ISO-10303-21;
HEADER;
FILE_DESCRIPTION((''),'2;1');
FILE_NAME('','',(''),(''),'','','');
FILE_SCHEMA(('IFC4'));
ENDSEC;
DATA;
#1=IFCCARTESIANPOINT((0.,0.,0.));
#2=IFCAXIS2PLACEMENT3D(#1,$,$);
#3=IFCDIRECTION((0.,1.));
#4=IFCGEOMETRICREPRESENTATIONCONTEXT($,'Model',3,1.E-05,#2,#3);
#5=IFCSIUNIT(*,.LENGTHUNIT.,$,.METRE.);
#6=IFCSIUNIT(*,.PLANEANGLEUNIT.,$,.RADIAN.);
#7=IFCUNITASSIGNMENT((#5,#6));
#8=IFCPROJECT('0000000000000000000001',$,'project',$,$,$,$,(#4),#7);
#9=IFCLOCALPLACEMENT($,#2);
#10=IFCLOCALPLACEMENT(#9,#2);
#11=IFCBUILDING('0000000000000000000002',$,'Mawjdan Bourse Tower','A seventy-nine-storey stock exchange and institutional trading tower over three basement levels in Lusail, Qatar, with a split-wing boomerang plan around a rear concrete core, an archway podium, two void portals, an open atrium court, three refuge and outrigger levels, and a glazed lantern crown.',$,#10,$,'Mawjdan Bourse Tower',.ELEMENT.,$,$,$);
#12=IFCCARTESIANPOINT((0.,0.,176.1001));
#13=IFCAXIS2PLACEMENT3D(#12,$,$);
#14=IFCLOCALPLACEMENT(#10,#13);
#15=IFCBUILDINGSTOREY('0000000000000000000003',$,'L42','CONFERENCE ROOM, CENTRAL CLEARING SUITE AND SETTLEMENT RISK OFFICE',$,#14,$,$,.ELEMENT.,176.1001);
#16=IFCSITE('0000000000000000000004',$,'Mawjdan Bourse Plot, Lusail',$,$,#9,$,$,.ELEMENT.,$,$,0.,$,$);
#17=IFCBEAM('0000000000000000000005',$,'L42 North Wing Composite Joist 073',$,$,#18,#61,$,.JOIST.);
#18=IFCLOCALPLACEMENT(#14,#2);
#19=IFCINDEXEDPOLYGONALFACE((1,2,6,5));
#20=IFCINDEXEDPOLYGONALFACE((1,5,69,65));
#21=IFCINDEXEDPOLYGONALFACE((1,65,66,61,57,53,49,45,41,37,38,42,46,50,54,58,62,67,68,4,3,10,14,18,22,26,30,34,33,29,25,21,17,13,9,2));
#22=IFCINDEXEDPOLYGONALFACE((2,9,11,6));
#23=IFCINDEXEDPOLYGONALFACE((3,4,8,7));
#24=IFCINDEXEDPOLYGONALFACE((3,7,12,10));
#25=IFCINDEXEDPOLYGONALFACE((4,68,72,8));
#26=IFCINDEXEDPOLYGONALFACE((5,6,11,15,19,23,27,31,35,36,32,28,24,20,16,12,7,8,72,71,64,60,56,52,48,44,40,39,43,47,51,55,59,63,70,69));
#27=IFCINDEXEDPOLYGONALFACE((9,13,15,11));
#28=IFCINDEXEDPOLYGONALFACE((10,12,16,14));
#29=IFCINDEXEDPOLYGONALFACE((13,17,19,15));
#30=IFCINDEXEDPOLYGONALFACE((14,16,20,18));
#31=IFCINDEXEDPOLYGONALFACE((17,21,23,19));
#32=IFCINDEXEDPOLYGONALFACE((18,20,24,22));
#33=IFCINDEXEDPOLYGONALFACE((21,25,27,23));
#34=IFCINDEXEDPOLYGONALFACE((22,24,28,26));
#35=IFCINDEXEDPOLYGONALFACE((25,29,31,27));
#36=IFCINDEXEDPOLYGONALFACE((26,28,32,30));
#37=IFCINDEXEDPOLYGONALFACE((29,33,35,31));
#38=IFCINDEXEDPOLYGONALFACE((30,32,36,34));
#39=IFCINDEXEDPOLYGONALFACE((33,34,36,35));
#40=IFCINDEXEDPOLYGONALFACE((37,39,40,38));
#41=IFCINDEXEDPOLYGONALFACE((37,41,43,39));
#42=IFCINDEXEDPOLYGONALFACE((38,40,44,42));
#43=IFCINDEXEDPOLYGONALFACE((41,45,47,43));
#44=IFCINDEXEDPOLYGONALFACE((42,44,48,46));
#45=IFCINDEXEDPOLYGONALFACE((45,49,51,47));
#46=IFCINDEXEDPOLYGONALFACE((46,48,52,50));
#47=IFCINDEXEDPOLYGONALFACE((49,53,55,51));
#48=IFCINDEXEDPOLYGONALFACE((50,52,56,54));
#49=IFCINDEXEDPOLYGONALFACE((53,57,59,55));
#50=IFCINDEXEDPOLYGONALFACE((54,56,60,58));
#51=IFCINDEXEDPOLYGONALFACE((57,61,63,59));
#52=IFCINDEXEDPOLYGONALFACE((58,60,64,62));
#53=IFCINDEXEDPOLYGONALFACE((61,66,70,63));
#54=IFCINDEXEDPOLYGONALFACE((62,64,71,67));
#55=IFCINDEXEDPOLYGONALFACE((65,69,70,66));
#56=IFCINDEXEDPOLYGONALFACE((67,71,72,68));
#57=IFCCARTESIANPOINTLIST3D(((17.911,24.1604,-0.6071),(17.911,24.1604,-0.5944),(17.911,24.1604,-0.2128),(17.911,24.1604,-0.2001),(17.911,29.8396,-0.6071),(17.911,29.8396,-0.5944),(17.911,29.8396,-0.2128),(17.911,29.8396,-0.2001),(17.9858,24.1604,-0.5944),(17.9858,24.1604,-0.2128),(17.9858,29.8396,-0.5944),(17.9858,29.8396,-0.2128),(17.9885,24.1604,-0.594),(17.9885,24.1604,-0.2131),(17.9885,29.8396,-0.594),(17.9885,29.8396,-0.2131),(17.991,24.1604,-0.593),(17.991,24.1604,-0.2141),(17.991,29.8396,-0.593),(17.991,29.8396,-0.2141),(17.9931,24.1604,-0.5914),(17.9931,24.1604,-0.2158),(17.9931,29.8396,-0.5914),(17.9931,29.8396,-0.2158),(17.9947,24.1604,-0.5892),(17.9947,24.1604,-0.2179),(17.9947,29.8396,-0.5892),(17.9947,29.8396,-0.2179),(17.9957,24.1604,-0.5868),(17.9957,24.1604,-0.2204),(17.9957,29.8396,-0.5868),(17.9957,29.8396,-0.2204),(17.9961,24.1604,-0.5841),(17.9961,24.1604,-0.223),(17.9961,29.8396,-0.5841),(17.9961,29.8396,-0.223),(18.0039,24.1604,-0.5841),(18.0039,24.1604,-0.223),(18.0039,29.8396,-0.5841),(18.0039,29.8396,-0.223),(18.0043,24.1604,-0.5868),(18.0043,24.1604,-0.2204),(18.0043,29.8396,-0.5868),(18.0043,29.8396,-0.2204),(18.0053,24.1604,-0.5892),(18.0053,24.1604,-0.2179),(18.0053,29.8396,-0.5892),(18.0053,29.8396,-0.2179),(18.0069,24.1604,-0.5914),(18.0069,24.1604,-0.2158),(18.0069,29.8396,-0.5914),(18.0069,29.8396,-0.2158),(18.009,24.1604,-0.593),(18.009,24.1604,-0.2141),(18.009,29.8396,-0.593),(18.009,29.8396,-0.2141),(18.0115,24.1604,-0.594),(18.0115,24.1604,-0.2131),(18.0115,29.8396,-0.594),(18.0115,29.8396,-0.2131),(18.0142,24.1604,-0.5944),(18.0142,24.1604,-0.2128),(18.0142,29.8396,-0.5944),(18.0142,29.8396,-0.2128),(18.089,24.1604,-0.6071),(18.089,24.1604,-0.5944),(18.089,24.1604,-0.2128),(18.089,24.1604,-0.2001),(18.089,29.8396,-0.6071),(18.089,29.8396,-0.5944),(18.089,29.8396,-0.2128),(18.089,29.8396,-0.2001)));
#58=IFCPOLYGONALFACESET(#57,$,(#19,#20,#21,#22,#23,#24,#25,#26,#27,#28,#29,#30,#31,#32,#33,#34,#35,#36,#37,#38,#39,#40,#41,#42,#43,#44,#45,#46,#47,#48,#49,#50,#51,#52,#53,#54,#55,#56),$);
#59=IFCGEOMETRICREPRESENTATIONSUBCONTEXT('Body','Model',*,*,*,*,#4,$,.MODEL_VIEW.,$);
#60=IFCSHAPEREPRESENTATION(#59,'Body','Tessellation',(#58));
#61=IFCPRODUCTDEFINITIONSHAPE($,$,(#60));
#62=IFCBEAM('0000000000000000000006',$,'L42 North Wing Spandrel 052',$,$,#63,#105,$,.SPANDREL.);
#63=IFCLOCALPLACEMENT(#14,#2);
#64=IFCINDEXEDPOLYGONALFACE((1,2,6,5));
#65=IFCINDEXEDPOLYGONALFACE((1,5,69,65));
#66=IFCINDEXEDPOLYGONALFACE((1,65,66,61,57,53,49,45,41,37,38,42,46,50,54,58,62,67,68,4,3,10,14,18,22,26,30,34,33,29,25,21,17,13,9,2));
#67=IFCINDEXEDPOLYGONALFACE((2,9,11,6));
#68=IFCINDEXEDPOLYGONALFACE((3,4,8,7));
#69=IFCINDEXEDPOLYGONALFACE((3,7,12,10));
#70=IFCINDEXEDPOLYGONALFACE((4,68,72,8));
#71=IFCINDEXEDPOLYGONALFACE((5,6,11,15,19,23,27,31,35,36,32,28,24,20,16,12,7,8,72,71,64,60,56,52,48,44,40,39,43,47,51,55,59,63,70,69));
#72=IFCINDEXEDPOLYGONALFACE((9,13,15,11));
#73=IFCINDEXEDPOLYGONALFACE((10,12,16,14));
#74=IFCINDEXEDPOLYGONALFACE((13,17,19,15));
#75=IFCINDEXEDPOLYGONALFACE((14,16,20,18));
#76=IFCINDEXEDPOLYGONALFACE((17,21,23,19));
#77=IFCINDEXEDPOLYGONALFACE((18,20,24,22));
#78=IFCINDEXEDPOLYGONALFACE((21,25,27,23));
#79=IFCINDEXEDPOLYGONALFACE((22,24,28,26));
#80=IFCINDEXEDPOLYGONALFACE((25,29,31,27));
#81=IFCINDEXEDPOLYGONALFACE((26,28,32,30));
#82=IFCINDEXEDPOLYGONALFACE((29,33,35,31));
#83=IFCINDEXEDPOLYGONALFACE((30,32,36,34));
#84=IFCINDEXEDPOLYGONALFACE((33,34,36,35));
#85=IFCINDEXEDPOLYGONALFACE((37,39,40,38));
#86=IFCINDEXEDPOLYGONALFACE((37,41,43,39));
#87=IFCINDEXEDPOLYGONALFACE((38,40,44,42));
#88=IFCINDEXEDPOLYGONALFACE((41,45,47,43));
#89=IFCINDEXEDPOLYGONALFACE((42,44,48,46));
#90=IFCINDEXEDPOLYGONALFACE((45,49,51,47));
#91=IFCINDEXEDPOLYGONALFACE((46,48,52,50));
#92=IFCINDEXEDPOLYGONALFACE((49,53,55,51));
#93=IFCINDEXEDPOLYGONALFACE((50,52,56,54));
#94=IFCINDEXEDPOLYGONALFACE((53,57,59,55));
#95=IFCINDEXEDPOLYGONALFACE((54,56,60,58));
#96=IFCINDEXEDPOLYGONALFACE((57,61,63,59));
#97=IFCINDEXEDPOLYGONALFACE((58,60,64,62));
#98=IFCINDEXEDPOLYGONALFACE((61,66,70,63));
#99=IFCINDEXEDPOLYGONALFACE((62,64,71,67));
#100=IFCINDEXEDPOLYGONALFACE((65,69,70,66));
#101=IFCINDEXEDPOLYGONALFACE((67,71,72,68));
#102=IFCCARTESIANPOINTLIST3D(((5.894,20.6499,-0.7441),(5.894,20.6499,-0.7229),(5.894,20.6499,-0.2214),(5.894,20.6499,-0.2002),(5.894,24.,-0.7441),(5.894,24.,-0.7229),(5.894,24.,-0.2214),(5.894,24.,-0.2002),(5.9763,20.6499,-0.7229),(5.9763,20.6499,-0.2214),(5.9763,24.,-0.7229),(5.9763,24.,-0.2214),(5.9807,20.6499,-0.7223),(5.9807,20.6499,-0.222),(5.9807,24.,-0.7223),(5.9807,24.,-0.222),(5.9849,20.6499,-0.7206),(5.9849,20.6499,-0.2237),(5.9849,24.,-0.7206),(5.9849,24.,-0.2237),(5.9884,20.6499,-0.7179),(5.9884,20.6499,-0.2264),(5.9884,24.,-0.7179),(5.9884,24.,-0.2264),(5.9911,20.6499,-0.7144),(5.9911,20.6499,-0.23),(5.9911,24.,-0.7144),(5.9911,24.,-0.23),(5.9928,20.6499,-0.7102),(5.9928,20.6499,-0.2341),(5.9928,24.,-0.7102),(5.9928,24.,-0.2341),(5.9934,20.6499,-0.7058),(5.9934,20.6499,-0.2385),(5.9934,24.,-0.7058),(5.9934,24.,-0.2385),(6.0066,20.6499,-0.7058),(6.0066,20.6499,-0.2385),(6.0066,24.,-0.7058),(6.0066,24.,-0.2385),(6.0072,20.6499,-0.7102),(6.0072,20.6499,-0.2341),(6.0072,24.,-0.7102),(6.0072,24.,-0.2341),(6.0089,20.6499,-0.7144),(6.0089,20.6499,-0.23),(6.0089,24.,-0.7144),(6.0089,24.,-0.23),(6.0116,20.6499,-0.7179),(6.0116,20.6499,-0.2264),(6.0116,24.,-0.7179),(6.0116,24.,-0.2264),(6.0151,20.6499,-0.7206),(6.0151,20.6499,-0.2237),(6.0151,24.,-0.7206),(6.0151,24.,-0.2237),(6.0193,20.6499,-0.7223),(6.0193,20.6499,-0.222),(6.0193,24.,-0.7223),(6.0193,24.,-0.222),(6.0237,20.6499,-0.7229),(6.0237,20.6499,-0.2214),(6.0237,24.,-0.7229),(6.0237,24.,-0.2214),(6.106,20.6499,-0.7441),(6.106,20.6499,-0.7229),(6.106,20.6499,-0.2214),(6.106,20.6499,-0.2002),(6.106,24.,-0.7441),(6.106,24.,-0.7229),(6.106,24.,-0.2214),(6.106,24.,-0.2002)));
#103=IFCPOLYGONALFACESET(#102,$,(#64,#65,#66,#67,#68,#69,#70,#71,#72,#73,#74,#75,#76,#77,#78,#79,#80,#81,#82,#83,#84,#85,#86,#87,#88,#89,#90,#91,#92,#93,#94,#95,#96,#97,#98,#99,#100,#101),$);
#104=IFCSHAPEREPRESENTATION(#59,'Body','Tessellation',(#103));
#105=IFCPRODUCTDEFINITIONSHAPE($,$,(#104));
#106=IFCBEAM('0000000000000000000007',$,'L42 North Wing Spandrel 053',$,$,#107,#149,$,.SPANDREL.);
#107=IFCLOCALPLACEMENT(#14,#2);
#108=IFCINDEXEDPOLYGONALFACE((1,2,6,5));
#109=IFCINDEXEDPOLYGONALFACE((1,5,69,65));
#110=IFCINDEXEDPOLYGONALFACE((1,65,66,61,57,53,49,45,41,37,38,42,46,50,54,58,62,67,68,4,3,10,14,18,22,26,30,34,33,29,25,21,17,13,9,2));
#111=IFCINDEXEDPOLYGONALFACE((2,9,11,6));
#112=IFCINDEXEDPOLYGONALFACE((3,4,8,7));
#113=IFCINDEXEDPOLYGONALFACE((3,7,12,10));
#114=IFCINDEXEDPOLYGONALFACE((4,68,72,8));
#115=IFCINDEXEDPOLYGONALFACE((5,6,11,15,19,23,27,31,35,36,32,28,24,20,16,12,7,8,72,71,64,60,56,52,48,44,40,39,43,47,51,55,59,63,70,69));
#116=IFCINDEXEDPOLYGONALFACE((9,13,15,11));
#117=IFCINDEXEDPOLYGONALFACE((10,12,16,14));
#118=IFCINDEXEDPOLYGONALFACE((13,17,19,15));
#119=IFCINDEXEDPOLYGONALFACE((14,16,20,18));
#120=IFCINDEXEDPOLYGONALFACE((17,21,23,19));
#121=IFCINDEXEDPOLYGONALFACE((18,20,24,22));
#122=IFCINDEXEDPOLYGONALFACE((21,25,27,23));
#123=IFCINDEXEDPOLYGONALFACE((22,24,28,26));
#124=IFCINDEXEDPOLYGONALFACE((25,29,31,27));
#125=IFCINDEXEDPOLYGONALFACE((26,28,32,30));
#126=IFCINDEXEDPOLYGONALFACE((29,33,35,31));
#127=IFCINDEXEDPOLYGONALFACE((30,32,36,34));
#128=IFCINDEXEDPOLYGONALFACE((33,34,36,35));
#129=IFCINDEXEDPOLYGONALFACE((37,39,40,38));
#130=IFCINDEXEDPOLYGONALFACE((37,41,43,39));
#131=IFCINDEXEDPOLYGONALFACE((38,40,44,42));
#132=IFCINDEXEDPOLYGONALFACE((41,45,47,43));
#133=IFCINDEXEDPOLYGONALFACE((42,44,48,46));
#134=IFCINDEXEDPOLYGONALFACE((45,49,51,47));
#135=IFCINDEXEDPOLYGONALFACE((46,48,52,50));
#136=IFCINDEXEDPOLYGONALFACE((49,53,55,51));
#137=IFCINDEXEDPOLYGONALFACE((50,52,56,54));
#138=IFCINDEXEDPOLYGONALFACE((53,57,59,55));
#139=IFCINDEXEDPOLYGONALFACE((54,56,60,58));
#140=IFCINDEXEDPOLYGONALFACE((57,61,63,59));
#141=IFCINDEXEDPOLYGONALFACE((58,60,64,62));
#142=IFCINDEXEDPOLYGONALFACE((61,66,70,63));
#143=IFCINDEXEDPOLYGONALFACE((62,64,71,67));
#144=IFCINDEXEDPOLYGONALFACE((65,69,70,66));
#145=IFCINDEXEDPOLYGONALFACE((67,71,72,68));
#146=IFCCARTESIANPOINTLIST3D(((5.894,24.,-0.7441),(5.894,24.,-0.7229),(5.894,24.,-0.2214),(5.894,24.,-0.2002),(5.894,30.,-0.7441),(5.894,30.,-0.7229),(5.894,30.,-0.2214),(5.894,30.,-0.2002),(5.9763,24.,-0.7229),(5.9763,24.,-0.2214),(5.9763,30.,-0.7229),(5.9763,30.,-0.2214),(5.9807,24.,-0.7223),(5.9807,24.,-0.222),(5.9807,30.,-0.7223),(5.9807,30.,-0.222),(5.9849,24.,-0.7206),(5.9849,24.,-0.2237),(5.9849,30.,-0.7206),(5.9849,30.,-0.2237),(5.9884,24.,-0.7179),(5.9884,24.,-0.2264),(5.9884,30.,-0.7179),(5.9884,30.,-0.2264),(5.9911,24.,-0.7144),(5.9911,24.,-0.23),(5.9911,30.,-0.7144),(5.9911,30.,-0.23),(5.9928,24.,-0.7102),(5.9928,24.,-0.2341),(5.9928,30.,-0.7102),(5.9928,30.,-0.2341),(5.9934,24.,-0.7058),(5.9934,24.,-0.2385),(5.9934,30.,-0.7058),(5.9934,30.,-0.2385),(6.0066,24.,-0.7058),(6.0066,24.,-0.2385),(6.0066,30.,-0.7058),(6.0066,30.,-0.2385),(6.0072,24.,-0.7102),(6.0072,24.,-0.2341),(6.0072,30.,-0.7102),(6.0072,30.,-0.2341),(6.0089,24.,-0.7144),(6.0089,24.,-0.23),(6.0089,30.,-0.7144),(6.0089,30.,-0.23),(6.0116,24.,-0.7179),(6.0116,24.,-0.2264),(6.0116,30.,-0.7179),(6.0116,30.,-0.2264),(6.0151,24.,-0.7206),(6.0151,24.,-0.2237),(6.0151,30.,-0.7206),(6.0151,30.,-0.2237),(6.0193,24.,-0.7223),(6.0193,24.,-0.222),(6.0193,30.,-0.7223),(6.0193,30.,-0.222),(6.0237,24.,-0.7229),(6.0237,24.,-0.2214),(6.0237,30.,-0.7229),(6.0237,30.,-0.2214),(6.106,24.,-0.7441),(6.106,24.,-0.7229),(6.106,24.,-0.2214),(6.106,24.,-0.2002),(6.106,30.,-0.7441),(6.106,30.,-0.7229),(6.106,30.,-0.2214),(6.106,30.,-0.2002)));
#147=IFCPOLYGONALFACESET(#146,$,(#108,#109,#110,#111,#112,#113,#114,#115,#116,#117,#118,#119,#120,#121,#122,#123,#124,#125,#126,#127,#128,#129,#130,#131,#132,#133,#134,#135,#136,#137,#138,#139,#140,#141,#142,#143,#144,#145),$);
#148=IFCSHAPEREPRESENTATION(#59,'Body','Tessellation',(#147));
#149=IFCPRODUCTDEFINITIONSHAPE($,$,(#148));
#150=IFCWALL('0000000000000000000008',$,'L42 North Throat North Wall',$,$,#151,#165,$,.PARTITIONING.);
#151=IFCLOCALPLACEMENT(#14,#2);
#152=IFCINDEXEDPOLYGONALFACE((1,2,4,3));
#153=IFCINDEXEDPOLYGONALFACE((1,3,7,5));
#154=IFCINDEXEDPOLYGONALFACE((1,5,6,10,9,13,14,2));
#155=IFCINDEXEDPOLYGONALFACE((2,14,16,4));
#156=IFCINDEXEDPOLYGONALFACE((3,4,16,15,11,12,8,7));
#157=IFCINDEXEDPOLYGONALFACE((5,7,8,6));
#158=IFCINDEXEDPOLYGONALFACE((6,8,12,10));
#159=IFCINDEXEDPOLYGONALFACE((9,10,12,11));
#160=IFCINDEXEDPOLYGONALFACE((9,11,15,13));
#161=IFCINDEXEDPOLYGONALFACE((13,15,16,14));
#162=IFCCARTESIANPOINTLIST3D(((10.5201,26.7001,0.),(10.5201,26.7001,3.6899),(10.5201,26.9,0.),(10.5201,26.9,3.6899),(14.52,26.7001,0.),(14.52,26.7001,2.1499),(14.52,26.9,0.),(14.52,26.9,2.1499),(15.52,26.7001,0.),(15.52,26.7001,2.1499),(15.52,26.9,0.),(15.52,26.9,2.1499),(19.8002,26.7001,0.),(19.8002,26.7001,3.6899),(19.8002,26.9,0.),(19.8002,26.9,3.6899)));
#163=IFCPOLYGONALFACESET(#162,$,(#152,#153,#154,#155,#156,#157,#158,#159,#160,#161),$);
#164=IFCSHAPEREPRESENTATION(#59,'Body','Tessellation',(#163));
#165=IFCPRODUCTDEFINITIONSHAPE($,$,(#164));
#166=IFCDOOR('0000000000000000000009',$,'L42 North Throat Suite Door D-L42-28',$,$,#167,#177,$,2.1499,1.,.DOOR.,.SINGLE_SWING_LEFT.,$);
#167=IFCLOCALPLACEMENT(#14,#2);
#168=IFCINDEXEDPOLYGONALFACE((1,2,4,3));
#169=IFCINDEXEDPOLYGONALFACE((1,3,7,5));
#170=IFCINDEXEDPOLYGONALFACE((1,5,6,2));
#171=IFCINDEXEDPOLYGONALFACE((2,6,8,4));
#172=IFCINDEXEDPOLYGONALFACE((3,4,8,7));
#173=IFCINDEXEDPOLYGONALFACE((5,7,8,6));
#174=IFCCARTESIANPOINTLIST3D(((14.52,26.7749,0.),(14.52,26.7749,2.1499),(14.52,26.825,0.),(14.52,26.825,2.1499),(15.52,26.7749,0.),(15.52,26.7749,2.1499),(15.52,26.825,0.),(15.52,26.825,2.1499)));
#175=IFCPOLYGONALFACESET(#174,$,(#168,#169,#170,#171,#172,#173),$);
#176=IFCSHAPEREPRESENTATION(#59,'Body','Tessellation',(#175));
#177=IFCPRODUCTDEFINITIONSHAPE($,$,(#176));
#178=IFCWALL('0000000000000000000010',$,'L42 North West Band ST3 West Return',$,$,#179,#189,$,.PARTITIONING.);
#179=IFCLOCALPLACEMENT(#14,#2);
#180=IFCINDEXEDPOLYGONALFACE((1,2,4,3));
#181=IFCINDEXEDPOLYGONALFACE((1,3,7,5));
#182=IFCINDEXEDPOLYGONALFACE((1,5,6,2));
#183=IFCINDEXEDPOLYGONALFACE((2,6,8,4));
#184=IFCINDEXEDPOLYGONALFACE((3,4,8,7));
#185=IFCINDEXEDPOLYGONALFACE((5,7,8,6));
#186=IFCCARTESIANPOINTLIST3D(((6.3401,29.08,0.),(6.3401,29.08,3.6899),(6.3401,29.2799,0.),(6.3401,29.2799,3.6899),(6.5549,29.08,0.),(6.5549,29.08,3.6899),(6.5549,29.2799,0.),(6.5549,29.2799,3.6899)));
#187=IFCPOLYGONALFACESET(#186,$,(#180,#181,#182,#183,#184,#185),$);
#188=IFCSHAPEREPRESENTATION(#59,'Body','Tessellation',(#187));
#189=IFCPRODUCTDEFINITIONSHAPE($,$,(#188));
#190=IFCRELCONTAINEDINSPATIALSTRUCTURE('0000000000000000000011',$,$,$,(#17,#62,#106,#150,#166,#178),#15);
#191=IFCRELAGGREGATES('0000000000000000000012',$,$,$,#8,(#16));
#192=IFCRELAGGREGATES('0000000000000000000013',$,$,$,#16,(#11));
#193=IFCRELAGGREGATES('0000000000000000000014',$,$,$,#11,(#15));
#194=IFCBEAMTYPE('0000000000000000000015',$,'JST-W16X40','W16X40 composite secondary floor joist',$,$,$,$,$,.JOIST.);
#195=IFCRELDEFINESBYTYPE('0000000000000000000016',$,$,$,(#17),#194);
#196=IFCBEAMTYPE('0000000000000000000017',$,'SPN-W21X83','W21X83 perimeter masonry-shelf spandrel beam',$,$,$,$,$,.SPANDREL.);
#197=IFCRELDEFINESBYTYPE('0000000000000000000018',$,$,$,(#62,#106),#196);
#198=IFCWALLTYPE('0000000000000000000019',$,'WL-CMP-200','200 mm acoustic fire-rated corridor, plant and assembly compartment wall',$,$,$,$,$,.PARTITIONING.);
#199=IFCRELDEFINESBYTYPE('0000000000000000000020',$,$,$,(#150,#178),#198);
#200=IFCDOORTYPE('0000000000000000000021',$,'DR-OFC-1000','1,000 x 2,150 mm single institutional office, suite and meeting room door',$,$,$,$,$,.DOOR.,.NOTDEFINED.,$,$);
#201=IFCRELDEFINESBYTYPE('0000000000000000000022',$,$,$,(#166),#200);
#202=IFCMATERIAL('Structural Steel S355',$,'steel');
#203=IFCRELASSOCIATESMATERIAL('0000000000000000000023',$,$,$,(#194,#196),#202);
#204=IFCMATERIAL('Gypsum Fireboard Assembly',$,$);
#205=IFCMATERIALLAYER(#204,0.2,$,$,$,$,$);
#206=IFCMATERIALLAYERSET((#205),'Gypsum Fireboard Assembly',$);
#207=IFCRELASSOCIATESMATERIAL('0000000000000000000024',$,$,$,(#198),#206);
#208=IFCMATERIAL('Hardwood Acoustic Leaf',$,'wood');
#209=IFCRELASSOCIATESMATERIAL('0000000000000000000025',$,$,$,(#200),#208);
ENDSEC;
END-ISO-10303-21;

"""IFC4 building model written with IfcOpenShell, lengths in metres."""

from ifc_helpers import new_model, si_unit, direction, frame, frame_2d, origin, origin_2d, place, context, subcontext, project, spatial, rectangle, i_section, extrude, material, layer, layer_set, material_profile, profile_set, type_object, element, fill, save


model = new_model("IFC4")

# Units and contexts
model_context = context("Model", 3, precision=1e-05, world=origin(), true_north=direction((0.0, 1.0)))
body_context = subcontext(model_context, "Body", "Model", "MODEL_VIEW")
ifc_project = project(units=[si_unit("LENGTHUNIT", "METRE"), si_unit("PLANEANGLEUNIT", "RADIAN")], contexts=[model_context])

# Site, building, storey
site_placement = place(None, origin())
site = spatial("IfcSite", under=ifc_project, at=site_placement, Name="Mawjdan Bourse Plot, Lusail", CompositionType="ELEMENT", RefElevation=0.0)
building_placement = place(site_placement, origin())
building = spatial("IfcBuilding", under=site, at=building_placement, Name="Mawjdan Bourse Tower", Description="A seventy-nine-storey stock exchange and institutional trading tower over three basement levels in Lusail, Qatar, with a split-wing boomerang plan around a rear concrete core, an archway podium, two void portals, an open atrium court, three refuge and outrigger levels, and a glazed lantern crown.", LongName="Mawjdan Bourse Tower", CompositionType="ELEMENT")
storey_placement = place(building_placement, frame((0.0, 0.0, 176.1001)))
storey = spatial("IfcBuildingStorey", under=building, at=storey_placement, Name="L42", Description="CONFERENCE ROOM, CENTRAL CLEARING SUITE AND SETTLEMENT RISK OFFICE", CompositionType="ELEMENT", Elevation=176.1001)

# Beams
ifc_material_1 = material(Name="Structural Steel S355", Category="steel")
ifc_material_profile_1 = material_profile(ifc_material_1, i_section(OverallWidth=0.178, OverallDepth=0.407, WebThickness=0.0078, FlangeThickness=0.0127, FilletRadius=0.0103, at=origin_2d()), Name="W16X40")
ifc_profile_set_1 = profile_set([ifc_material_profile_1], Name="Structural Steel S355")
beam_type_1 = type_object("IfcBeamType", Name="JST-W16X40", Description="W16X40 composite secondary floor joist", PredefinedType="JOIST", material=ifc_profile_set_1)
beam_1_placement = place(storey_placement, frame((18.0, 24.1604, -0.4036), z_axis=(0.0, 1.0, 0.0), x_axis=(-1.0, 0.0, 0.0)))
element("IfcBeam", 1, at=beam_1_placement, inside=storey, type_object=beam_type_1, Name="L42 North Wing Composite Joist 073", PredefinedType="JOIST", context=body_context, shape_type="SweptSolid", body=[
    extrude(i_section(OverallWidth=0.178, OverallDepth=0.407, WebThickness=0.0078, FlangeThickness=0.0127, FilletRadius=0.0103, at=origin_2d()), origin(), (0.0, 0.0, 1.0), 5.6792),
])
ifc_material_profile_2 = material_profile(ifc_material_1, i_section(OverallWidth=0.2119, OverallDepth=0.5439, WebThickness=0.0132, FlangeThickness=0.0212, FilletRadius=0.0171, at=origin_2d()), Name="W21X83")
ifc_profile_set_2 = profile_set([ifc_material_profile_2], Name="Structural Steel S355")
beam_type_2 = type_object("IfcBeamType", Name="SPN-W21X83", Description="W21X83 perimeter masonry-shelf spandrel beam", PredefinedType="SPANDREL", material=ifc_profile_set_2)
beam_2_placement = place(storey_placement, frame((6.0, 20.6499, -0.4722), z_axis=(0.0, 1.0, 0.0), x_axis=(-1.0, 0.0, 0.0)))
element("IfcBeam", 2, at=beam_2_placement, inside=storey, type_object=beam_type_2, Name="L42 North Wing Spandrel 052", PredefinedType="SPANDREL", context=body_context, shape_type="SweptSolid", body=[
    extrude(i_section(OverallWidth=0.2119, OverallDepth=0.5439, WebThickness=0.0132, FlangeThickness=0.0212, FilletRadius=0.0171, at=origin_2d()), origin(), (0.0, 0.0, 1.0), 3.3501),
])
beam_3_placement = place(storey_placement, frame((6.0, 24.0, -0.4722), z_axis=(0.0, 1.0, 0.0), x_axis=(-1.0, 0.0, 0.0)))
element("IfcBeam", 3, at=beam_3_placement, inside=storey, type_object=beam_type_2, Name="L42 North Wing Spandrel 053", PredefinedType="SPANDREL", context=body_context, shape_type="SweptSolid", body=[
    extrude(i_section(OverallWidth=0.2119, OverallDepth=0.5439, WebThickness=0.0132, FlangeThickness=0.0212, FilletRadius=0.0171, at=origin_2d()), origin(), (0.0, 0.0, 1.0), 6.0),
])

# Wall, opening, door
ifc_material_2 = material(Name="Gypsum Fireboard Assembly")
ifc_layer_1 = layer(ifc_material_2, 0.2)
ifc_layer_set_1 = layer_set([ifc_layer_1], Name="Gypsum Fireboard Assembly")
wall_type_1 = type_object("IfcWallType", Name="WL-CMP-200", Description="200 mm acoustic fire-rated corridor, plant and assembly compartment wall", PredefinedType="PARTITIONING", material=ifc_layer_set_1)
wall_1_placement = place(storey_placement, frame((10.52, 26.8, 0.0), z_axis=(0.0, 0.0, 1.0), x_axis=(1.0, 0.0, 0.0)))
wall_1 = element("IfcWall", 4, at=wall_1_placement, inside=storey, type_object=wall_type_1, Name="L42 North Throat North Wall", PredefinedType="PARTITIONING", context=body_context, shape_type="SweptSolid", body=[
    extrude(rectangle(XDim=9.28, YDim=0.2, at=frame_2d((4.6401, 0.0))), origin(), (0.0, 0.0, 1.0), 3.6899),
])
opening_1_placement = place(wall_1_placement, frame((4.0, 0.0, 0.0)))
opening_1 = element("IfcOpeningElement", 5, at=opening_1_placement, cuts=wall_1, PredefinedType="OPENING", context=body_context, shape_type="SweptSolid", body=[
    extrude(rectangle(XDim=1.0, YDim=2.1499, at=frame_2d((0.5, 1.075))), frame((0.0, 0.1099, 0.0), z_axis=(0.0, -1.0, 0.0), x_axis=(1.0, 0.0, 0.0)), (0.0, 0.0, 1.0), 0.22),
])
ifc_material_3 = material(Name="Hardwood Acoustic Leaf", Category="wood")
door_type_1 = type_object("IfcDoorType", Name="DR-OFC-1000", Description="1,000 x 2,150 mm single institutional office, suite and meeting room door", OperationType="NOTDEFINED", PredefinedType="DOOR", material=ifc_material_3)
door_1_placement = place(opening_1_placement, origin())
door_1 = element("IfcDoor", 6, at=door_1_placement, inside=storey, type_object=door_type_1, Name="L42 North Throat Suite Door D-L42-28", OperationType="SINGLE_SWING_LEFT", OverallHeight=2.1499, OverallWidth=1.0, PredefinedType="DOOR", context=body_context, shape_type="SweptSolid", body=[
    extrude(rectangle(XDim=1.0, YDim=2.1499, at=frame_2d((0.5, 1.075))), frame((0.0, 0.0249, 0.0), z_axis=(0.0, -1.0, 0.0), x_axis=(1.0, 0.0, 0.0)), (0.0, 0.0, 1.0), 0.05),
])
fill(opening_1, door_1)

# Wall
wall_2_placement = place(storey_placement, frame((6.3401, 29.1799, 0.0), z_axis=(0.0, 0.0, 1.0), x_axis=(1.0, 0.0, 0.0)))
element("IfcWall", 7, at=wall_2_placement, inside=storey, type_object=wall_type_1, Name="L42 North West Band ST3 West Return", PredefinedType="PARTITIONING", context=body_context, shape_type="SweptSolid", body=[
    extrude(rectangle(XDim=0.2148, YDim=0.2, at=frame_2d((0.1074, 0.0))), origin(), (0.0, 0.0, 1.0), 3.6899),
])

save(model, "model.ifc")
